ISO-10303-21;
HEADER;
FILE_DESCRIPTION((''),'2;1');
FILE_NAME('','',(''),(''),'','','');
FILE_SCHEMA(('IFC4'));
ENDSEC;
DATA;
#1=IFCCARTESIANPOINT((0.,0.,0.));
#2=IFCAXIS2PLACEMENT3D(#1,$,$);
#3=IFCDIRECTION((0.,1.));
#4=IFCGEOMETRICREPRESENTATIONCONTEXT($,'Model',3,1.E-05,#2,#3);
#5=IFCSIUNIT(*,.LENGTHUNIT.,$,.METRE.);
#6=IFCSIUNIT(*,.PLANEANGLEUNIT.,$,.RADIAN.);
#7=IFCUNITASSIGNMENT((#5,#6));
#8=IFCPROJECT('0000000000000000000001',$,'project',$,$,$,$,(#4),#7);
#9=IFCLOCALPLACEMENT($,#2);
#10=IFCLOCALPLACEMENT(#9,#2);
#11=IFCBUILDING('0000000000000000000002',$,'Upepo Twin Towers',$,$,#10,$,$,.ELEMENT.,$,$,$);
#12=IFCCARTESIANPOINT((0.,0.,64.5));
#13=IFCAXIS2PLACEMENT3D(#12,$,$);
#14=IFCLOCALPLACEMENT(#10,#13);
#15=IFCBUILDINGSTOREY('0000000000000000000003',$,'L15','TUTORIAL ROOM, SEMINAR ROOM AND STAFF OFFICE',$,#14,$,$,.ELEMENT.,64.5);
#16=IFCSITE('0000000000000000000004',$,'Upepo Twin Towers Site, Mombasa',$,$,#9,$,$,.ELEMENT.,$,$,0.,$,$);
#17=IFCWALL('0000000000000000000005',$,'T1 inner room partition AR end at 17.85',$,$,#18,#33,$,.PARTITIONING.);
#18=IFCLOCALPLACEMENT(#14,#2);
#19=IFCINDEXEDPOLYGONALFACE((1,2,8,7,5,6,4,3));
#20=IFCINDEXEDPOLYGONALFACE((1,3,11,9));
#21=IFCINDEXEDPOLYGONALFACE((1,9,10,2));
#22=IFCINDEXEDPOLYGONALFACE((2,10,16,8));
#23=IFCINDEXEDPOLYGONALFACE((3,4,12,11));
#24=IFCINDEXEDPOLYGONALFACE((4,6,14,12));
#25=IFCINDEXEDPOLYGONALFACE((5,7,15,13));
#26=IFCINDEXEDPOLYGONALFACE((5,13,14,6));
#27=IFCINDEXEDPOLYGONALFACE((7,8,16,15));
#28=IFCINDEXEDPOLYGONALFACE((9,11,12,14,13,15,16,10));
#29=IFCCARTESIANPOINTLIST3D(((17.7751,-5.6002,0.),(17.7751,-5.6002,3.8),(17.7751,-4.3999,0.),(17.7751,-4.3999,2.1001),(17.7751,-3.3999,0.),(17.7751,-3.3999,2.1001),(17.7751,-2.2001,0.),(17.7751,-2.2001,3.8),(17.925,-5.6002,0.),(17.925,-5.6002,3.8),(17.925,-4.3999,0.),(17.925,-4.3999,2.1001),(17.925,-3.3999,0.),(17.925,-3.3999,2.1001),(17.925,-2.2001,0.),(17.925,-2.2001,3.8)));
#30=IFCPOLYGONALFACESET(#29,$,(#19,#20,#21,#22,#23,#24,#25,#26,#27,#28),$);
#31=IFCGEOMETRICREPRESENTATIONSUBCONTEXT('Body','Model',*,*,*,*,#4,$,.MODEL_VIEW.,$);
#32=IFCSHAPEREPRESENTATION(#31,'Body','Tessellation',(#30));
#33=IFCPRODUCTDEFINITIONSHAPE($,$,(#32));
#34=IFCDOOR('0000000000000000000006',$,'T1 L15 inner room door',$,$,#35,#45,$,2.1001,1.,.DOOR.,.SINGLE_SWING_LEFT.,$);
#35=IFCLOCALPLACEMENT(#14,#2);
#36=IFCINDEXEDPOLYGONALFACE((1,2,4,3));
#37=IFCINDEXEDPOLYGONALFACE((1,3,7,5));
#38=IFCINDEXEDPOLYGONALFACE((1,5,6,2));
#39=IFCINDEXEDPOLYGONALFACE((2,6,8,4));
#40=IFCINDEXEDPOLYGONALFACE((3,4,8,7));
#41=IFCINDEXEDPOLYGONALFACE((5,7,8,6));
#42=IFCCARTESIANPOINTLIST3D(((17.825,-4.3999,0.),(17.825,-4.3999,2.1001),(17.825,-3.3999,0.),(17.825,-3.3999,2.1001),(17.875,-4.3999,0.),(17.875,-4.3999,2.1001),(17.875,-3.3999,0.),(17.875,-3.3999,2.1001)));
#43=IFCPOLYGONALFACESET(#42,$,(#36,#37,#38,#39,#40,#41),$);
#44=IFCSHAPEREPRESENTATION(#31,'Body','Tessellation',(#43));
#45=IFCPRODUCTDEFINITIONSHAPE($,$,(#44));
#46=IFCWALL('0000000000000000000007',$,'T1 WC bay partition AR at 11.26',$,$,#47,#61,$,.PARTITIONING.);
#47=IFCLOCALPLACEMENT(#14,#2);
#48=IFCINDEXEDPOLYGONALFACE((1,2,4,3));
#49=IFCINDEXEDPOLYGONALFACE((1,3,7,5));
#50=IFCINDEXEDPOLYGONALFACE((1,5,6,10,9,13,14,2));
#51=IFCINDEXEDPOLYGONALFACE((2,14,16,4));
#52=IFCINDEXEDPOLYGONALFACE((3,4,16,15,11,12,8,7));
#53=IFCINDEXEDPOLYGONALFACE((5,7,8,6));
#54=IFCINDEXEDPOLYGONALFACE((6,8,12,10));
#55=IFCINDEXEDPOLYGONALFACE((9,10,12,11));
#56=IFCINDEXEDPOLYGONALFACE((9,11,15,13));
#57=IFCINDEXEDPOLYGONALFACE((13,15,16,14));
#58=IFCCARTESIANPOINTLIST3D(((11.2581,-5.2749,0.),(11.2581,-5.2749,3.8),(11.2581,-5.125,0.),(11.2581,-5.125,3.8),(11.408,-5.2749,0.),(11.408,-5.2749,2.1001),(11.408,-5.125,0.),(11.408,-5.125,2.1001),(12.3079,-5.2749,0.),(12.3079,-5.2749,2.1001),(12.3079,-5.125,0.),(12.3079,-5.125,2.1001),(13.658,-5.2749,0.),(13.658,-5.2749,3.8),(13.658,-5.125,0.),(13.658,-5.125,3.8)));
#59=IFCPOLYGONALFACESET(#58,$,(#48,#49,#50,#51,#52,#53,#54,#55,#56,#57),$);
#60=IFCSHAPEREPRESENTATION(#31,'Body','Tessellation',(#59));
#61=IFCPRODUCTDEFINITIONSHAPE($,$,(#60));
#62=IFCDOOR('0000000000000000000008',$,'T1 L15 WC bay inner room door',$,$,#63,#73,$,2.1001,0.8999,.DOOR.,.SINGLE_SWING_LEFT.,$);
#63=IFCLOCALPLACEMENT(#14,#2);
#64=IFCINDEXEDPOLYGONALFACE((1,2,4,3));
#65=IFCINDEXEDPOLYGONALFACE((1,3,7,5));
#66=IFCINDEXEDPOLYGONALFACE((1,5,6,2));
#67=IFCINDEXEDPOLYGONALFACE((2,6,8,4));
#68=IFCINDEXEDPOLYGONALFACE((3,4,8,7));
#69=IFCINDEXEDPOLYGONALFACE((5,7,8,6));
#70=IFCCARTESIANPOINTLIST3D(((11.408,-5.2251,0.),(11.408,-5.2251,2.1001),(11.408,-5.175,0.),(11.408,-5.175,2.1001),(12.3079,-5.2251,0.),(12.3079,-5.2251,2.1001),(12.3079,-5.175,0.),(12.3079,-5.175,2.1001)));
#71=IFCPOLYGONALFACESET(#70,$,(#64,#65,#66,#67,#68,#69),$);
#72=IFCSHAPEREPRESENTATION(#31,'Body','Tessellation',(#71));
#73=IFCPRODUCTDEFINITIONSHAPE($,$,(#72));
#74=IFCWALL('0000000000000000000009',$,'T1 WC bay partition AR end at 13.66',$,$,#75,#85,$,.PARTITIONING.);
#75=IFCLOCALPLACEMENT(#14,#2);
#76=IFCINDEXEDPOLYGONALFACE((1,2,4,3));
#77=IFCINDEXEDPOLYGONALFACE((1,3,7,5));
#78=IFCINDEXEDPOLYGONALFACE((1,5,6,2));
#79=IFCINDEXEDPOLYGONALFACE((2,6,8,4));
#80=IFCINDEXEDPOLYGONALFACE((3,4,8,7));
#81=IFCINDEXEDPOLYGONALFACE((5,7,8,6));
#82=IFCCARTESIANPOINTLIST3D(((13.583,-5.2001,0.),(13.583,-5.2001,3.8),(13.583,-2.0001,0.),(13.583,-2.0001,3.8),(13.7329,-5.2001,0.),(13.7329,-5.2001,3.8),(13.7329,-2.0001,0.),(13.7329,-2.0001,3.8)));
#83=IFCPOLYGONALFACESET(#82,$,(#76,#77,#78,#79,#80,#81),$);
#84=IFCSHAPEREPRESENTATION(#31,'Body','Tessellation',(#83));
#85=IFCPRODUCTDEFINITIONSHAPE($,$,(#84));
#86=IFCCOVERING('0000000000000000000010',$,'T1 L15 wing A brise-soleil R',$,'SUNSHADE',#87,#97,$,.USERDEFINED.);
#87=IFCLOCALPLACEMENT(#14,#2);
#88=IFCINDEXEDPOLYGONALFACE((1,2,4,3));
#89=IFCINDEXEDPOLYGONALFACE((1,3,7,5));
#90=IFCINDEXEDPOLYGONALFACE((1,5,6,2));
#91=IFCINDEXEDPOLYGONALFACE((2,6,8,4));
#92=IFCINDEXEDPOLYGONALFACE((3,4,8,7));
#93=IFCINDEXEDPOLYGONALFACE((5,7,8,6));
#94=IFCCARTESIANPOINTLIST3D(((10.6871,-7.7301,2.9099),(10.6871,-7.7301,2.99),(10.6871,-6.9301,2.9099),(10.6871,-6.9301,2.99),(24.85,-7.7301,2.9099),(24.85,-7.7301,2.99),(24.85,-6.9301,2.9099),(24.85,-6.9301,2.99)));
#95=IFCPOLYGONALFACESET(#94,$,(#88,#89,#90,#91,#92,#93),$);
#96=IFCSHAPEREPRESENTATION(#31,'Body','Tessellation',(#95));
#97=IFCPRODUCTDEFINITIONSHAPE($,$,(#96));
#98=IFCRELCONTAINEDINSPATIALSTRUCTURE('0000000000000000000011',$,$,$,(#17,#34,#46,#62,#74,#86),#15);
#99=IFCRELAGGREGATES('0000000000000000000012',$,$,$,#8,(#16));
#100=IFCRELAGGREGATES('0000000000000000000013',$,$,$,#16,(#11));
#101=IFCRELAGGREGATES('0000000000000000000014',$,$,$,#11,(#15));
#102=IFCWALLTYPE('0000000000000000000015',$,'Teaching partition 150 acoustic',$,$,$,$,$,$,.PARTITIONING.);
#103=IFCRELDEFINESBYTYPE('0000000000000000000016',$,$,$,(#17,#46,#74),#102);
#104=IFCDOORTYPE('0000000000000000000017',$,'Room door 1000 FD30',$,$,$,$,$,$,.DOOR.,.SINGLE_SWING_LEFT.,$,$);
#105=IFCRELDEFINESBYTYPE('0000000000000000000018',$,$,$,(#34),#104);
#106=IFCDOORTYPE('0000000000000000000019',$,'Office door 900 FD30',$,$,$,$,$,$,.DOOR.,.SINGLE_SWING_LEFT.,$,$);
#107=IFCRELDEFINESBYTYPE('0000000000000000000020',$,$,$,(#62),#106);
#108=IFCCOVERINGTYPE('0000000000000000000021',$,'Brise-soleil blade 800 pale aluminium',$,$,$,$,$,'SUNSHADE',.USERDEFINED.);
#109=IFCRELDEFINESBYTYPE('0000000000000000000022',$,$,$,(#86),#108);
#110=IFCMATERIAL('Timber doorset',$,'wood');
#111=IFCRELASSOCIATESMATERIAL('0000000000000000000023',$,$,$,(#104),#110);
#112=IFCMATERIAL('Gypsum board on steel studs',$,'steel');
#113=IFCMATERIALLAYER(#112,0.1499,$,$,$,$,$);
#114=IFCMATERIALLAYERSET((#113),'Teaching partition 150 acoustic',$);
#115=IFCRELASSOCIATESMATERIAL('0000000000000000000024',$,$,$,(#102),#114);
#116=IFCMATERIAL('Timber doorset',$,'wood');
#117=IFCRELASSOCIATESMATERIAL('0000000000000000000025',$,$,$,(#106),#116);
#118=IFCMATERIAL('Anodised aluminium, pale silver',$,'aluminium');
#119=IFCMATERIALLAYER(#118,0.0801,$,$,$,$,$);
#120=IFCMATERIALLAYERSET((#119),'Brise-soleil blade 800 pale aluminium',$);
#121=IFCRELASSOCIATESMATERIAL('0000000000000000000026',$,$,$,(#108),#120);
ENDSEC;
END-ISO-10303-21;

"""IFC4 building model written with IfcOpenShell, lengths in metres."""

from ifc_helpers import new_model, si_unit, direction, frame, frame_2d, origin, origin_2d, place, context, subcontext, project, spatial, rectangle, extrude, material, layer, layer_set, type_object, element, fill, save


model = new_model("IFC4")

# Units and contexts
model_context = context("Model", 3, precision=1e-05, world=origin(), true_north=direction((0.0, 1.0)))
body_context = subcontext(model_context, "Body", "Model", "MODEL_VIEW")
ifc_project = project(units=[si_unit("LENGTHUNIT", "METRE"), si_unit("PLANEANGLEUNIT", "RADIAN")], contexts=[model_context])

# Site, building, storey
site_placement = place(None, origin())
site = spatial("IfcSite", under=ifc_project, at=site_placement, Name="Upepo Twin Towers Site, Mombasa", CompositionType="ELEMENT", RefElevation=0.0)
building_placement = place(site_placement, origin())
building = spatial("IfcBuilding", under=site, at=building_placement, Name="Upepo Twin Towers", CompositionType="ELEMENT")
storey_placement = place(building_placement, frame((0.0, 0.0, 64.5)))
storey = spatial("IfcBuildingStorey", under=building, at=storey_placement, Name="L15", Description="TUTORIAL ROOM, SEMINAR ROOM AND STAFF OFFICE", CompositionType="ELEMENT", Elevation=64.5)

# Shared definitions
ifc_material_1 = material(Name="Timber doorset", Category="wood")
door_type_1 = type_object("IfcDoorType", Name="Room door 1000 FD30", OperationType="SINGLE_SWING_LEFT", PredefinedType="DOOR", material=ifc_material_1)

# Shared definitions
ifc_material_2 = material(Name="Gypsum board on steel studs", Category="steel")
ifc_layer_1 = layer(ifc_material_2, 0.1499)
ifc_layer_set_1 = layer_set([ifc_layer_1], Name="Teaching partition 150 acoustic")
wall_type_1 = type_object("IfcWallType", Name="Teaching partition 150 acoustic", PredefinedType="PARTITIONING", material=ifc_layer_set_1)

# Walls, openings, doors
wall_1_placement = place(storey_placement, frame((17.8501, -2.2, 0.0), z_axis=(0.0, 0.0, 1.0), x_axis=(0.0, -1.0, 0.0)))
wall_1 = element("IfcWall", 1, at=wall_1_placement, inside=storey, type_object=wall_type_1, Name="T1 inner room partition AR end at 17.85", PredefinedType="PARTITIONING", context=body_context, shape_type="SweptSolid", body=[
    extrude(rectangle(XDim=3.4001, YDim=0.1499, at=frame_2d((1.7002, 0.0))), origin(), (0.0, 0.0, 1.0), 3.8),
])
opening_1_placement = place(wall_1_placement, frame((1.2, 0.0, 0.0)))
opening_1 = element("IfcOpeningElement", 2, at=opening_1_placement, cuts=wall_1, PredefinedType="OPENING", context=body_context, shape_type="SweptSolid", body=[
    extrude(rectangle(XDim=1.0, YDim=2.1001, at=frame_2d((0.5, 1.05))), frame((0.0, 0.085, 0.0), z_axis=(0.0, -1.0, 0.0), x_axis=(1.0, 0.0, 0.0)), (0.0, 0.0, 1.0), 0.1699),
])
door_1_placement = place(opening_1_placement, origin())
door_1 = element("IfcDoor", 3, at=door_1_placement, inside=storey, type_object=door_type_1, Name="T1 L15 inner room door", OperationType="SINGLE_SWING_LEFT", OverallHeight=2.1001, OverallWidth=1.0, PredefinedType="DOOR", context=body_context, shape_type="SweptSolid", body=[
    extrude(rectangle(XDim=1.0, YDim=2.1001, at=frame_2d((0.5, 1.05))), frame((0.0, 0.0249, 0.0), z_axis=(0.0, -1.0, 0.0), x_axis=(1.0, 0.0, 0.0)), (0.0, 0.0, 1.0), 0.05),
])
fill(opening_1, door_1)
wall_2_placement = place(storey_placement, frame((11.2581, -5.2, 0.0), z_axis=(0.0, 0.0, 1.0), x_axis=(1.0, 0.0, 0.0)))
wall_2 = element("IfcWall", 4, at=wall_2_placement, inside=storey, type_object=wall_type_1, Name="T1 WC bay partition AR at 11.26", PredefinedType="PARTITIONING", context=body_context, shape_type="SweptSolid", body=[
    extrude(rectangle(XDim=2.3999, YDim=0.1499, at=frame_2d((1.2, 0.0))), origin(), (0.0, 0.0, 1.0), 3.8),
])
opening_2_placement = place(wall_2_placement, frame((0.1499, 0.0, 0.0)))
opening_2 = element("IfcOpeningElement", 5, at=opening_2_placement, cuts=wall_2, PredefinedType="OPENING", context=body_context, shape_type="SweptSolid", body=[
    extrude(rectangle(XDim=0.8999, YDim=2.1001, at=frame_2d((0.45, 1.05))), frame((0.0, 0.085, 0.0), z_axis=(0.0, -1.0, 0.0), x_axis=(1.0, 0.0, 0.0)), (0.0, 0.0, 1.0), 0.1699),
])
ifc_material_3 = material(Name="Timber doorset", Category="wood")
door_type_2 = type_object("IfcDoorType", Name="Office door 900 FD30", OperationType="SINGLE_SWING_LEFT", PredefinedType="DOOR", material=ifc_material_3)
door_2_placement = place(opening_2_placement, origin())
door_2 = element("IfcDoor", 6, at=door_2_placement, inside=storey, type_object=door_type_2, Name="T1 L15 WC bay inner room door", OperationType="SINGLE_SWING_LEFT", OverallHeight=2.1001, OverallWidth=0.8999, PredefinedType="DOOR", context=body_context, shape_type="SweptSolid", body=[
    extrude(rectangle(XDim=0.8999, YDim=2.1001, at=frame_2d((0.45, 1.05))), frame((0.0, 0.0249, 0.0), z_axis=(0.0, -1.0, 0.0), x_axis=(1.0, 0.0, 0.0)), (0.0, 0.0, 1.0), 0.05),
])
fill(opening_2, door_2)

# Wall
wall_3_placement = place(storey_placement, frame((13.658, -2.0, 0.0), z_axis=(0.0, 0.0, 1.0), x_axis=(0.0, -1.0, 0.0)))
element("IfcWall", 7, at=wall_3_placement, inside=storey, type_object=wall_type_1, Name="T1 WC bay partition AR end at 13.66", PredefinedType="PARTITIONING", context=body_context, shape_type="SweptSolid", body=[
    extrude(rectangle(XDim=3.2, YDim=0.1499, at=frame_2d((1.6001, 0.0))), origin(), (0.0, 0.0, 1.0), 3.8),
])

# Covering
ifc_material_4 = material(Name="Anodised aluminium, pale silver", Category="aluminium")
ifc_layer_2 = layer(ifc_material_4, 0.0801)
ifc_layer_set_2 = layer_set([ifc_layer_2], Name="Brise-soleil blade 800 pale aluminium")
covering_type = type_object("IfcCoveringType", Name="Brise-soleil blade 800 pale aluminium", ElementType="SUNSHADE", PredefinedType="USERDEFINED", material=ifc_layer_set_2)
covering_placement = place(storey_placement, frame((17.7686, -7.3301, 2.9099), z_axis=(0.0, 0.0, 1.0), x_axis=(1.0, 0.0, 0.0)))
element("IfcCovering", 8, at=covering_placement, inside=storey, type_object=covering_type, Name="T1 L15 wing A brise-soleil R", ObjectType="SUNSHADE", PredefinedType="USERDEFINED", context=body_context, shape_type="SweptSolid", body=[
    extrude(rectangle(XDim=14.1628, YDim=0.8, at=origin_2d()), origin(), (0.0, 0.0, 1.0), 0.0801),
])

save(model, "model.ifc")
